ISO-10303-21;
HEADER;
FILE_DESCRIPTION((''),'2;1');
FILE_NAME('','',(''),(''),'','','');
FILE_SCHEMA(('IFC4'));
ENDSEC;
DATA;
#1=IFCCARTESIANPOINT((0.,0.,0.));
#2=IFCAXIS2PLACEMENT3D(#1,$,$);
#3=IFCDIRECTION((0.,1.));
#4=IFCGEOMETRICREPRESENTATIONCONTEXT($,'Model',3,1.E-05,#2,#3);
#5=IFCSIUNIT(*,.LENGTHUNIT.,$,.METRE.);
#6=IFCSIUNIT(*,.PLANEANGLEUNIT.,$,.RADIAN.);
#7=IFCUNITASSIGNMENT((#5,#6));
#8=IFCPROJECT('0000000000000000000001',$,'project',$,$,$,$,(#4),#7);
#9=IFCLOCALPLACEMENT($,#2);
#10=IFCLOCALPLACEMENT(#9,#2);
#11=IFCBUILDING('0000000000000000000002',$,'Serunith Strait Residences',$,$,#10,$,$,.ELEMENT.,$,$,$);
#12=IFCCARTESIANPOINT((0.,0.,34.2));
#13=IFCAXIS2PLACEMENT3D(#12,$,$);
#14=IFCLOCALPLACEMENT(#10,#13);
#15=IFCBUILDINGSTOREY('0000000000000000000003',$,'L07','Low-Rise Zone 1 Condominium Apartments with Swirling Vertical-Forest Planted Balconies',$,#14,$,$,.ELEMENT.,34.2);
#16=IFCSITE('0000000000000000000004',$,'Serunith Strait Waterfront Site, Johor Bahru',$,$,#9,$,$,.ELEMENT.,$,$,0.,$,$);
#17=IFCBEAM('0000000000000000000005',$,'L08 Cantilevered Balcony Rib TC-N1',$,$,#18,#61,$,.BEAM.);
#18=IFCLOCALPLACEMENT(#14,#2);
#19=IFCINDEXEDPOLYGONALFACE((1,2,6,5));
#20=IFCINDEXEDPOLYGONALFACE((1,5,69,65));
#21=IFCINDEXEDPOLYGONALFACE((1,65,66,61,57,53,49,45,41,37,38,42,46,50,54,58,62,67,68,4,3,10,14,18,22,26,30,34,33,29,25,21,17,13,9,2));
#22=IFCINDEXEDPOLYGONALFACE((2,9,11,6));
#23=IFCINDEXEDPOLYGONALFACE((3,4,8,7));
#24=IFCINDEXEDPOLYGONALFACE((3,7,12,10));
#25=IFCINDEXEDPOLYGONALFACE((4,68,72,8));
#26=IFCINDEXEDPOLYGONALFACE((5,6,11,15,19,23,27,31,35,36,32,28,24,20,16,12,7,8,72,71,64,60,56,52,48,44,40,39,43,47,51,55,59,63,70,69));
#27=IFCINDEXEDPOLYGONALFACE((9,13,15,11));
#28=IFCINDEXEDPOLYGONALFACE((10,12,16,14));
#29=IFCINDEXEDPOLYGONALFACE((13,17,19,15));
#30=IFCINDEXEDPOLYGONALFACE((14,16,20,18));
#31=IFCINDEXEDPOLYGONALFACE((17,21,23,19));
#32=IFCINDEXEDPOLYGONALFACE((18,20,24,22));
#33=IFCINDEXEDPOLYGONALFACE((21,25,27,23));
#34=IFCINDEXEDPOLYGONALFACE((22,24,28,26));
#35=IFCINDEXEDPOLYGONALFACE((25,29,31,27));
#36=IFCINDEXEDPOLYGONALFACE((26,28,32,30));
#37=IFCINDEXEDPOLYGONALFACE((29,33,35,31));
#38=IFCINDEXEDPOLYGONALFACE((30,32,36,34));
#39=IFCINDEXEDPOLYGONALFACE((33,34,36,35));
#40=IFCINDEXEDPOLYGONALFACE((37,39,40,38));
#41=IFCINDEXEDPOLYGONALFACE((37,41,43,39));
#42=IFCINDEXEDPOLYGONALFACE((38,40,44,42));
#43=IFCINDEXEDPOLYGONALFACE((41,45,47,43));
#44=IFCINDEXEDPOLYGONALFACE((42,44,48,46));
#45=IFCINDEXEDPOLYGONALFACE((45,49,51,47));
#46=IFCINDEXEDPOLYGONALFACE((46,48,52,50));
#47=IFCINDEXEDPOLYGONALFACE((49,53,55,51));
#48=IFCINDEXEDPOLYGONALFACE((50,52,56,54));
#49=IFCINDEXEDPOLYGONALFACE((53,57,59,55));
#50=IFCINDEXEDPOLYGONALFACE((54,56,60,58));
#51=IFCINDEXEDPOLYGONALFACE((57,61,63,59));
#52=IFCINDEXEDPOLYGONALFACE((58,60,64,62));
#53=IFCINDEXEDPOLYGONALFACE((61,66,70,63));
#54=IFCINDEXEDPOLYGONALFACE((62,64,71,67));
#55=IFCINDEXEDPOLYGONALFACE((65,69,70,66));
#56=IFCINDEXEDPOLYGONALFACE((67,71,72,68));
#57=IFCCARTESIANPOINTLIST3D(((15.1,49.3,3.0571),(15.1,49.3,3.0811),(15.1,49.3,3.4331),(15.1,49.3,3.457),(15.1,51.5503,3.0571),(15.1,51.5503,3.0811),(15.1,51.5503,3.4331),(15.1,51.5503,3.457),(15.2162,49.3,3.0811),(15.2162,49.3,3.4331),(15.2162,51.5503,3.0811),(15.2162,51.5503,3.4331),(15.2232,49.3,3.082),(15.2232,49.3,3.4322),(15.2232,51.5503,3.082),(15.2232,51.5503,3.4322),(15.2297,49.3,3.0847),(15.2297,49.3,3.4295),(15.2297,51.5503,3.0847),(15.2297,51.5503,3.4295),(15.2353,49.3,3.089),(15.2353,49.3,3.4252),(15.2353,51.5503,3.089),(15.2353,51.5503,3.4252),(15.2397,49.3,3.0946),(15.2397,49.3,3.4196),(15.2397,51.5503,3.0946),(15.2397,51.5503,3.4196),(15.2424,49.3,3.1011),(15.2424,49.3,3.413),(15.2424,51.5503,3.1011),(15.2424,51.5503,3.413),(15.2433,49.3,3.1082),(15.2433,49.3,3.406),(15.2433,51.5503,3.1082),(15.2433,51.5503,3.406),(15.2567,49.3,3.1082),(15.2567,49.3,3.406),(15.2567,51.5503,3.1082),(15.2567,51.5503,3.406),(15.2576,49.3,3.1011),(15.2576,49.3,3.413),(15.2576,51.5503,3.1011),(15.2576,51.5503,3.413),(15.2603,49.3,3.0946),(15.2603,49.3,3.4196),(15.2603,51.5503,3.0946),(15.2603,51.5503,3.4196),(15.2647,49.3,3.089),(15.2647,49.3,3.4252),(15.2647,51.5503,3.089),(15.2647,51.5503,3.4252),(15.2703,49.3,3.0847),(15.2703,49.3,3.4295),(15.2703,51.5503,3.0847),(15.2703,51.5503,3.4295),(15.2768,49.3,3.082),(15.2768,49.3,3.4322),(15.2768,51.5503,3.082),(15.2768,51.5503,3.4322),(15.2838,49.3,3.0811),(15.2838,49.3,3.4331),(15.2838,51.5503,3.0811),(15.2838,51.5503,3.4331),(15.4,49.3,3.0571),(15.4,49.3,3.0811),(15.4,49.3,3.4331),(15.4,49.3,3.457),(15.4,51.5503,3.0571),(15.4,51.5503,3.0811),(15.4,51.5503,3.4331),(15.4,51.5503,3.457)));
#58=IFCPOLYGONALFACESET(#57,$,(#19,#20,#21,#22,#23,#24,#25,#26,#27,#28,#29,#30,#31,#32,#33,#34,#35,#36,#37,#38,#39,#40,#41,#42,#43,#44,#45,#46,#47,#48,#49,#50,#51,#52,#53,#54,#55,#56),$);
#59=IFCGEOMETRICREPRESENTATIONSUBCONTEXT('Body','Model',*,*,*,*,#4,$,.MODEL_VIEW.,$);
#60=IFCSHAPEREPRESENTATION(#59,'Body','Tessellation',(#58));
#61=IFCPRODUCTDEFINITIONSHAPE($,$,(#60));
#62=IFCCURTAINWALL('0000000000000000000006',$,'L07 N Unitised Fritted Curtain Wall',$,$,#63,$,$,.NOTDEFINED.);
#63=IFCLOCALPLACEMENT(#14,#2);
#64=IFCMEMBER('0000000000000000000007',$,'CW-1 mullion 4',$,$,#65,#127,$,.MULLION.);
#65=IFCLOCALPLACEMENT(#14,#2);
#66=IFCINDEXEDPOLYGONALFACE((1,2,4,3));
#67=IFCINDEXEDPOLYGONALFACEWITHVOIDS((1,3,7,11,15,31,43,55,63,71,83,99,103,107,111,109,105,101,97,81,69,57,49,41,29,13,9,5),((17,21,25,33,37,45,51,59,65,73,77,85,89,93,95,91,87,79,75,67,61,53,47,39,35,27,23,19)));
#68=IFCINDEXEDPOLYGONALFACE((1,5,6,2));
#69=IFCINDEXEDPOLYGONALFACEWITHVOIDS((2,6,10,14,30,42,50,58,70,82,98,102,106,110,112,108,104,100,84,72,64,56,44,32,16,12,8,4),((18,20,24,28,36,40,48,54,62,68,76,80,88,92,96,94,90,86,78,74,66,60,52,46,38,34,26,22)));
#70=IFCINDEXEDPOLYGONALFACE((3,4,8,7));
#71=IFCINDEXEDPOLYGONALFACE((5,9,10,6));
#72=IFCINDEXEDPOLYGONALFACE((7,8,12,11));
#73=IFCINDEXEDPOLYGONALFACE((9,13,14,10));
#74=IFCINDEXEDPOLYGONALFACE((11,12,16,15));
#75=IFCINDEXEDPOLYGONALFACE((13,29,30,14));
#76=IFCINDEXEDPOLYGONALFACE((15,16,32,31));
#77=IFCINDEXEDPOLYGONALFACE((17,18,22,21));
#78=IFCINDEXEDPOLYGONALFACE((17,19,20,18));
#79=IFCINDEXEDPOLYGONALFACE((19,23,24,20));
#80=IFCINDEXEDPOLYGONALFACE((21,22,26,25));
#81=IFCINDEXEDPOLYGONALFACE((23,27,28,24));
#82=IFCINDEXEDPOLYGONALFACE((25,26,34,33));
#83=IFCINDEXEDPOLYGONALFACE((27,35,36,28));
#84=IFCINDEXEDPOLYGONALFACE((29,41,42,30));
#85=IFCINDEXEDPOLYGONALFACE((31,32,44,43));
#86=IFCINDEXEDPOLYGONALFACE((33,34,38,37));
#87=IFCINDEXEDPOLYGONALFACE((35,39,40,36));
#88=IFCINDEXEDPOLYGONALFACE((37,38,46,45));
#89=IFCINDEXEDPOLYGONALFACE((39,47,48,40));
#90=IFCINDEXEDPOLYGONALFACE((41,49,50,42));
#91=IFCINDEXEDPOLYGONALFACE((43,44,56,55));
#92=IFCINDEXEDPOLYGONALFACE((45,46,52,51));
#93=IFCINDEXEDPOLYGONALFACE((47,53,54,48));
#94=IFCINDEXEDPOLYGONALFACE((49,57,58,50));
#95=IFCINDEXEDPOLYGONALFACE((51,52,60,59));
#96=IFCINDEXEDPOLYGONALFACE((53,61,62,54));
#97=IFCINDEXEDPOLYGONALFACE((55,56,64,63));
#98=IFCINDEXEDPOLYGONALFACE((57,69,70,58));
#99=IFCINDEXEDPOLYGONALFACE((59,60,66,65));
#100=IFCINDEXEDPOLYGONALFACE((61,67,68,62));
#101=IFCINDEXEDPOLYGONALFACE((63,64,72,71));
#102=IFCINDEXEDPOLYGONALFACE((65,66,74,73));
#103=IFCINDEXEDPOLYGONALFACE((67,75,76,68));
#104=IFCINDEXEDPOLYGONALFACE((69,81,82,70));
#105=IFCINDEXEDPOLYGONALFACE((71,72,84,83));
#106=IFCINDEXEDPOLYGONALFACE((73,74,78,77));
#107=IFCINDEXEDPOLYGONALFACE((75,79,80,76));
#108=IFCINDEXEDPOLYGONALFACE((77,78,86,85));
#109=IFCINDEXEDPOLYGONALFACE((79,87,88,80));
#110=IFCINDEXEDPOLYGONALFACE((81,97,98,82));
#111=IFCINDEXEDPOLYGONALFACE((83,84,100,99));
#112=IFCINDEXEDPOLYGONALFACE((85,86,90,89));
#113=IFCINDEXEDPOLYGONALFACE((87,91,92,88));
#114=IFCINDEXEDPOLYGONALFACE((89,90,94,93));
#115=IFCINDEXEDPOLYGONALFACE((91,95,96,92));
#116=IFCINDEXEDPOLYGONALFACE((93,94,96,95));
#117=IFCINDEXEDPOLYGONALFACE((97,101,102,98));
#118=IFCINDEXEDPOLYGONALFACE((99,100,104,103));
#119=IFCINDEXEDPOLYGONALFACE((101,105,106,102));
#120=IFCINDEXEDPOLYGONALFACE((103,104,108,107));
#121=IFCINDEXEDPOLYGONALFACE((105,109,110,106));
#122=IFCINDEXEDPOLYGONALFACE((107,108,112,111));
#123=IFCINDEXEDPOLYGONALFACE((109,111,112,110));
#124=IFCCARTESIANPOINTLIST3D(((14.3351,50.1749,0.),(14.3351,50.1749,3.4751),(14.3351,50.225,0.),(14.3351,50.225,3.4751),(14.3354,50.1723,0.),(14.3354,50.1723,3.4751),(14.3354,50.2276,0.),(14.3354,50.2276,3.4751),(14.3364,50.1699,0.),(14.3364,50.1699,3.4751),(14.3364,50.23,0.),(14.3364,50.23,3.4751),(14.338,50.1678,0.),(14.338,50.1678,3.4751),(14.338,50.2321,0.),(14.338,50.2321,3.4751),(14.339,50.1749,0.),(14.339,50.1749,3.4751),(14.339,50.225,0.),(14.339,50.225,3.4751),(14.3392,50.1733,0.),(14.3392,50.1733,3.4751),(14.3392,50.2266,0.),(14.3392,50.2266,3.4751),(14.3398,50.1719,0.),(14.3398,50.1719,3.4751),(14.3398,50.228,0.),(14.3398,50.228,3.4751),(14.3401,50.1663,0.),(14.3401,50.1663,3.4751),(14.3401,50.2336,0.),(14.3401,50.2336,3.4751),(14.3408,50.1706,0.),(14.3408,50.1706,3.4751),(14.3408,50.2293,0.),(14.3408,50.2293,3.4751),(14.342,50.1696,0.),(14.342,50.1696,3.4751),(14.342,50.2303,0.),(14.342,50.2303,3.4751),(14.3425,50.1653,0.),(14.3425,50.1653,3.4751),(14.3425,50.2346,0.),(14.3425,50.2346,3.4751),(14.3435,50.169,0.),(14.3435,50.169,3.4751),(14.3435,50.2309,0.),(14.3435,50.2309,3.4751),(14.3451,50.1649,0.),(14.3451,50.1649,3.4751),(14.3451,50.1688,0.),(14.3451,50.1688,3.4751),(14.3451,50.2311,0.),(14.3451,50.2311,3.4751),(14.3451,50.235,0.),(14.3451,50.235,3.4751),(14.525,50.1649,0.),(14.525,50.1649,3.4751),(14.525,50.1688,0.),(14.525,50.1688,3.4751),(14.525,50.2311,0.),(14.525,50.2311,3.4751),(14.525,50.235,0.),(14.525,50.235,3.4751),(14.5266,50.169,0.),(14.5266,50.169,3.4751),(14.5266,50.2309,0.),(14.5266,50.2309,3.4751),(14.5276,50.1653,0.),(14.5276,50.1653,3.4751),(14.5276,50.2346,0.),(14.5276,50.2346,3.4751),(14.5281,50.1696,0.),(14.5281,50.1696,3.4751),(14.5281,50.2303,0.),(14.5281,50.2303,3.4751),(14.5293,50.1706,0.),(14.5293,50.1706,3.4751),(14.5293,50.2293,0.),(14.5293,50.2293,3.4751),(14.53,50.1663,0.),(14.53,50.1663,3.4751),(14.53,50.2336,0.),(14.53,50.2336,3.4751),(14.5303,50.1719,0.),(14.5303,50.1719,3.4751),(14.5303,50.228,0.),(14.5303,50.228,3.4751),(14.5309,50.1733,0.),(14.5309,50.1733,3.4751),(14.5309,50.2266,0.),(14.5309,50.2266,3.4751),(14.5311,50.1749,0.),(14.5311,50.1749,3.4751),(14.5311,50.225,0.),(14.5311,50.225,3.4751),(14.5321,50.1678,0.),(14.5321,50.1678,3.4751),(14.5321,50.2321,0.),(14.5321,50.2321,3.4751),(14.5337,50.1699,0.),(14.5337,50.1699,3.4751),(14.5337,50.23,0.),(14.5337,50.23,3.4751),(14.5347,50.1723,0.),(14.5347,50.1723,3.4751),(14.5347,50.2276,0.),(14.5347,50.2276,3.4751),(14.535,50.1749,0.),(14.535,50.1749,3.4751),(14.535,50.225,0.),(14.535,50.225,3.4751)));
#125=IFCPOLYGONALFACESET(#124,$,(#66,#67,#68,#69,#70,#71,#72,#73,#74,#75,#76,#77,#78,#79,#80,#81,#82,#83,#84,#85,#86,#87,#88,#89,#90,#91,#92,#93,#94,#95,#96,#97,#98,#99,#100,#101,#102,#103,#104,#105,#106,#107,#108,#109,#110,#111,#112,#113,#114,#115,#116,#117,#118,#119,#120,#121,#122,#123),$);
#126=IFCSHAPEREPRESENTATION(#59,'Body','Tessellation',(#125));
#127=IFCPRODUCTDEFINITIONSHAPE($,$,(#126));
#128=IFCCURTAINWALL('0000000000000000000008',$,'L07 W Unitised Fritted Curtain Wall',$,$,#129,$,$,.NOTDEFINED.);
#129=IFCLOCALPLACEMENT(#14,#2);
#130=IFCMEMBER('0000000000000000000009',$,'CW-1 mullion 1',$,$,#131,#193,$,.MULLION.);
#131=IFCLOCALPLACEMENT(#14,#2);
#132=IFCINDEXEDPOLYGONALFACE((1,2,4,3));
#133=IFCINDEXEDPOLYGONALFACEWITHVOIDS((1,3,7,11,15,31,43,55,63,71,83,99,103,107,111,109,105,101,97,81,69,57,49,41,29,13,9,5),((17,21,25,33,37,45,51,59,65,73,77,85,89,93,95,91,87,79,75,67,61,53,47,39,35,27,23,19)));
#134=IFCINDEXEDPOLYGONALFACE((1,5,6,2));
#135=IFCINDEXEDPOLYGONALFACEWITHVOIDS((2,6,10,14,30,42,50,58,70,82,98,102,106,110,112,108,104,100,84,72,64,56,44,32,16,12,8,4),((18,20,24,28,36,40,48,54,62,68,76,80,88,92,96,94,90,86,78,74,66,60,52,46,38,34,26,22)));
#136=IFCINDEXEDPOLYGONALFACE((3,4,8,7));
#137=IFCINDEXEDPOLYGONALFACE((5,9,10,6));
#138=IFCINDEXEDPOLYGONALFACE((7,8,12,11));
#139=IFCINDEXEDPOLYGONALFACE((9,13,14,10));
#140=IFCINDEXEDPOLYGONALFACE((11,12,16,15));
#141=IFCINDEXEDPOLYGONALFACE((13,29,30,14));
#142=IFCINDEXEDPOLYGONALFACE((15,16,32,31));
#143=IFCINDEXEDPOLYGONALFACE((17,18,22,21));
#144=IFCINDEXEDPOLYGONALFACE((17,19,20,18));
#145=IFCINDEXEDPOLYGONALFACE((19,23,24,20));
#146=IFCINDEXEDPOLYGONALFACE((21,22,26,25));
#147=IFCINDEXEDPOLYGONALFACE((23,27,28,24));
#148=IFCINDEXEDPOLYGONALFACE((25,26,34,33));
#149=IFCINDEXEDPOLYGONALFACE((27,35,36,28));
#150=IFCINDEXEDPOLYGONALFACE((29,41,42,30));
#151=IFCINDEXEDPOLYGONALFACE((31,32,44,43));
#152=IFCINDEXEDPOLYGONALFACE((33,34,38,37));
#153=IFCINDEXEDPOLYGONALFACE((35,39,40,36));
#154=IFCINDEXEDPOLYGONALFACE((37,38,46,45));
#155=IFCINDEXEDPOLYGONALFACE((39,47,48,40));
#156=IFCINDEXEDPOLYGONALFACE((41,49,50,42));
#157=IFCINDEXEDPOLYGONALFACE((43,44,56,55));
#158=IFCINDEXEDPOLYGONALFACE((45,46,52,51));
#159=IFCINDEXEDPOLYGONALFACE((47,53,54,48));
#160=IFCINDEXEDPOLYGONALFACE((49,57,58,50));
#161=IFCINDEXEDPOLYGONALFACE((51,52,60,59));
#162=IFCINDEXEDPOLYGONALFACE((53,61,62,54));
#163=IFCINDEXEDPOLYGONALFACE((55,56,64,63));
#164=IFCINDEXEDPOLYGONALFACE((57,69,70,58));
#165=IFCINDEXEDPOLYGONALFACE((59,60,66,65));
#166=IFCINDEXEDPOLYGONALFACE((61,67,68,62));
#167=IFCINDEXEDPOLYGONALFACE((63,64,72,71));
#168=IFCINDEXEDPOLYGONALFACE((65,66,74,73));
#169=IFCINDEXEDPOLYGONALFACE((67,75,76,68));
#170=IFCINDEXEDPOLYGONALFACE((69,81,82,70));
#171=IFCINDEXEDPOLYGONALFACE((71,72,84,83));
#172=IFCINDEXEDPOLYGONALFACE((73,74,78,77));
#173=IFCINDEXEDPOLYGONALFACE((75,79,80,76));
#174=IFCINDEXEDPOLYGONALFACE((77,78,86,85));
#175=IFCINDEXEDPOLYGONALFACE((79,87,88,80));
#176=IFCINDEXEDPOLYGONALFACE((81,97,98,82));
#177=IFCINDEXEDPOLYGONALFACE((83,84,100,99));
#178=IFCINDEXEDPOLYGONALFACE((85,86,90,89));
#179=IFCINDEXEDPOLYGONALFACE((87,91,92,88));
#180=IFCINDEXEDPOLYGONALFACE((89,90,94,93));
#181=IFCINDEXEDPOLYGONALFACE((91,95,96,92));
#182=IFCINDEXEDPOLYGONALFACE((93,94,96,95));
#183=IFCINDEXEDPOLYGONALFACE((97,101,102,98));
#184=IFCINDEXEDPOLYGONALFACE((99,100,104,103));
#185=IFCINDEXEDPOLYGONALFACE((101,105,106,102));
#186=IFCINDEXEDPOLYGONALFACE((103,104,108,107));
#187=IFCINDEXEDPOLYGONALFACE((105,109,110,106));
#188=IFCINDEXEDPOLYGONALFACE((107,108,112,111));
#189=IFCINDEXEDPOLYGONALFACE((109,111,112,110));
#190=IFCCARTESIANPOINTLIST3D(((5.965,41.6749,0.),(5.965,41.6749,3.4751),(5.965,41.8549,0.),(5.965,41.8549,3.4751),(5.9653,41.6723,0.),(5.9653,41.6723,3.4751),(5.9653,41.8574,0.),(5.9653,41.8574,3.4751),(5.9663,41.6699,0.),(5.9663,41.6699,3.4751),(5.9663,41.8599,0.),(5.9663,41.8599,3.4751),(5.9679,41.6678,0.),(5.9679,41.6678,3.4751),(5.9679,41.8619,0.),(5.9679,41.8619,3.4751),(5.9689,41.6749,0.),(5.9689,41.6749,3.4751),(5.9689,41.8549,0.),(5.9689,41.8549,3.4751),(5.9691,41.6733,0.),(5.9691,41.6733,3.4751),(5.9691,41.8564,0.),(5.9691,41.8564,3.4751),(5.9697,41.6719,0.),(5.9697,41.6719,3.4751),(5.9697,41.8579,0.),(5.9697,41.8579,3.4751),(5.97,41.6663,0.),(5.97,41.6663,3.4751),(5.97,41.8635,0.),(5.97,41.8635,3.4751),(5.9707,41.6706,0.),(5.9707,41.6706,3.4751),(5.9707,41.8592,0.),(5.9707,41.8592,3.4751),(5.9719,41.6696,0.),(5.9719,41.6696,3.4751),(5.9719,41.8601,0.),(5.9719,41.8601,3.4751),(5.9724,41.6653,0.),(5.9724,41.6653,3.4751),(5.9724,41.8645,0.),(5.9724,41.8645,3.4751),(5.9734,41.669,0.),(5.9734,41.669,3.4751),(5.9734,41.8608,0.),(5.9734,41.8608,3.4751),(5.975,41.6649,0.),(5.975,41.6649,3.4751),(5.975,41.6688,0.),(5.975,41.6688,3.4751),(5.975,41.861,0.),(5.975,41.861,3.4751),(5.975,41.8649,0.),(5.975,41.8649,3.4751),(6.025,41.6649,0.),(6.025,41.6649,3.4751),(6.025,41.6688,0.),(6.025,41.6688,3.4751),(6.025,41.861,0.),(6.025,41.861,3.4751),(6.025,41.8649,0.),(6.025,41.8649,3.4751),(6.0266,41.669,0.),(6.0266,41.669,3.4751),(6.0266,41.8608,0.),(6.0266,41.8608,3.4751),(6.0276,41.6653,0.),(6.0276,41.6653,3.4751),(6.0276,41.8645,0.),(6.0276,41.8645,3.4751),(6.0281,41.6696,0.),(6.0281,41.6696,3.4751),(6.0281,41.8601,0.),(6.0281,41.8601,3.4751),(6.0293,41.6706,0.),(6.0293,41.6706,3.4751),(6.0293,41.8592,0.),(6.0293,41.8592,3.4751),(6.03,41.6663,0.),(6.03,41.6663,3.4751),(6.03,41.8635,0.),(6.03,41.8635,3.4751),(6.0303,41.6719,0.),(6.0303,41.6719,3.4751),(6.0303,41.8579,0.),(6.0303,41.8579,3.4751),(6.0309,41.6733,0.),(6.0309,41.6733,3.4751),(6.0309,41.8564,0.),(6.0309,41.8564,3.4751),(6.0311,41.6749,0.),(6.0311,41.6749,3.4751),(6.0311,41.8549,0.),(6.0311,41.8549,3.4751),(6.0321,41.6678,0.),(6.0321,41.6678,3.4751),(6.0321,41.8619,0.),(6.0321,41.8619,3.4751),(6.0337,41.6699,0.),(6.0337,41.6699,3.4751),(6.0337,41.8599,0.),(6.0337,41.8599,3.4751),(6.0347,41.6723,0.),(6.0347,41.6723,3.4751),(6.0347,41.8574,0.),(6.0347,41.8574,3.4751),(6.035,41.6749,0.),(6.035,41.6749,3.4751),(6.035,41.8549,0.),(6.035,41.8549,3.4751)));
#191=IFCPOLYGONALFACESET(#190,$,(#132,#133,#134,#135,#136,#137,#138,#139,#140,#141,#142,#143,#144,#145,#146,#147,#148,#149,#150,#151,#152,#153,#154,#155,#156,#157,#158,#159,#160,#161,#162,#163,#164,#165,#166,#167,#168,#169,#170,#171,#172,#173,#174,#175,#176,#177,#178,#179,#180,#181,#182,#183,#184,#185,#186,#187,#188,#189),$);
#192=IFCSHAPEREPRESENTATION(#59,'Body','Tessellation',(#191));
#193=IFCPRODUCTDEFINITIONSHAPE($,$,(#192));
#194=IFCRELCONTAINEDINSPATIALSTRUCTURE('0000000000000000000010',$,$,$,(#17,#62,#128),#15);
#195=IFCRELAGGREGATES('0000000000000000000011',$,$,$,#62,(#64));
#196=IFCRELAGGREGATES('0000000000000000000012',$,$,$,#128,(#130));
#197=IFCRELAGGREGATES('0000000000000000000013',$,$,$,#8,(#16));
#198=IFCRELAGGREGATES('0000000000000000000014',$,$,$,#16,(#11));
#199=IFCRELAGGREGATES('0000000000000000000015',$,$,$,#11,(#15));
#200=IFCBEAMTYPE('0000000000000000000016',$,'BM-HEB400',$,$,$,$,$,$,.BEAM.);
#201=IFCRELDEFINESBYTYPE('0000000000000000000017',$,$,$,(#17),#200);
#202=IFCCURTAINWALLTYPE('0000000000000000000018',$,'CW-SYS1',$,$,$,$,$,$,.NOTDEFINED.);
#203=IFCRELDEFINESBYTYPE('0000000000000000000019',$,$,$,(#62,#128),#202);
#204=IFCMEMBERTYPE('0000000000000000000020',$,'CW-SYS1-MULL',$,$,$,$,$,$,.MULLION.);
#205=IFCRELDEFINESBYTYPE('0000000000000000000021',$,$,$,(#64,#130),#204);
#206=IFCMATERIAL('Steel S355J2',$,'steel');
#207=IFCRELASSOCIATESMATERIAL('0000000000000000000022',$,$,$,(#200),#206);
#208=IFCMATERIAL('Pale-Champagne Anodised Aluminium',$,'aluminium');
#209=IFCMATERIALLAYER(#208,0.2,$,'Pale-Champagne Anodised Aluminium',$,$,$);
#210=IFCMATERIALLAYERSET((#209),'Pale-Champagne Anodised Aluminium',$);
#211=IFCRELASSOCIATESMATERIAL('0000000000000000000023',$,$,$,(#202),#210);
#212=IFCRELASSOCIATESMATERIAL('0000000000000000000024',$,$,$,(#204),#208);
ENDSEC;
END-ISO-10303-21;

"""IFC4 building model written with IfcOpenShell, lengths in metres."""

from ifc_helpers import new_model, si_unit, direction, frame, origin, origin_2d, place, context, subcontext, project, spatial, hollow_rectangle, i_section, extrude, source, transform, mapped, material, layer, layer_set, material_profile, profile_set, type_object, element, aggregate, save


model = new_model("IFC4")

# Units and contexts
model_context = context("Model", 3, precision=1e-05, world=origin(), true_north=direction((0.0, 1.0)))
body_context = subcontext(model_context, "Body", "Model", "MODEL_VIEW")
ifc_project = project(units=[si_unit("LENGTHUNIT", "METRE"), si_unit("PLANEANGLEUNIT", "RADIAN")], contexts=[model_context])

# Site, building, storey
site_placement = place(None, origin())
site = spatial("IfcSite", under=ifc_project, at=site_placement, Name="Serunith Strait Waterfront Site, Johor Bahru", CompositionType="ELEMENT", RefElevation=0.0)
building_placement = place(site_placement, origin())
building = spatial("IfcBuilding", under=site, at=building_placement, Name="Serunith Strait Residences", CompositionType="ELEMENT")
storey_placement = place(building_placement, frame((0.0, 0.0, 34.2)))
storey = spatial("IfcBuildingStorey", under=building, at=storey_placement, Name="L07", Description="Low-Rise Zone 1 Condominium Apartments with Swirling Vertical-Forest Planted Balconies", CompositionType="ELEMENT", Elevation=34.2)

# Beam
ifc_material_1 = material(Name="Steel S355J2", Category="steel")
ifc_material_profile_1 = material_profile(ifc_material_1, i_section(OverallWidth=0.3, OverallDepth=0.3999, WebThickness=0.0134, FlangeThickness=0.0239, FilletRadius=0.0271, at=origin_2d()), Name="HEB 400")
ifc_profile_set_1 = profile_set([ifc_material_profile_1], Name="Steel S355J2")
beam_type_1 = type_object("IfcBeamType", Name="BM-HEB400", PredefinedType="BEAM", material=ifc_profile_set_1)
shared_shape_1 = source(origin(), body_context, "Body", "SweptSolid", [
    extrude(i_section(OverallWidth=0.3, OverallDepth=0.3999, WebThickness=0.0134, FlangeThickness=0.0239, FilletRadius=0.0271, at=origin_2d()), origin(), (0.0, 0.0, 1.0), 2.2502),
])
beam_1_placement = place(storey_placement, frame((15.25, 49.3, 3.2571), z_axis=(0.0, 1.0, 0.0), x_axis=(-1.0, 0.0, 0.0)))
element("IfcBeam", 1, at=beam_1_placement, inside=storey, type_object=beam_type_1, Name="L08 Cantilevered Balcony Rib TC-N1", PredefinedType="BEAM", context=body_context, shape_type="MappedRepresentation", body=[
    mapped(shared_shape_1, transform((0.0, 0.0, 0.0), scale=1.0)),
])

# Curtain wall, member
ifc_material_2 = material(Name="Pale-Champagne Anodised Aluminium", Category="aluminium")
ifc_layer_1 = layer(ifc_material_2, 0.2, Name="Pale-Champagne Anodised Aluminium")
ifc_layer_set_1 = layer_set([ifc_layer_1], Name="Pale-Champagne Anodised Aluminium")
curtain_wall_type = type_object("IfcCurtainWallType", Name="CW-SYS1", PredefinedType="NOTDEFINED", material=ifc_layer_set_1)
curtain_wall_1_placement = place(storey_placement, origin())
curtain_wall_1 = element("IfcCurtainWall", 2, at=curtain_wall_1_placement, inside=storey, type_object=curtain_wall_type, Name="L07 N Unitised Fritted Curtain Wall", PredefinedType="NOTDEFINED")
ifc_material_profile_2 = material_profile(ifc_material_2, hollow_rectangle(XDim=0.0701, YDim=0.2, WallThickness=0.0039, InnerFilletRadius=0.0061, OuterFilletRadius=0.01, at=origin_2d()), Name="ALU 200x70x4")
ifc_profile_set_2 = profile_set([ifc_material_profile_2], Name="Pale-Champagne Anodised Aluminium")
member_type_1 = type_object("IfcMemberType", Name="CW-SYS1-MULL", PredefinedType="MULLION", material=ifc_profile_set_2)
shared_shape_2 = source(origin(), body_context, "Body", "SweptSolid", [
    extrude(hollow_rectangle(XDim=0.0701, YDim=0.2, WallThickness=0.0039, InnerFilletRadius=0.0061, OuterFilletRadius=0.01, at=origin_2d()), origin(), (0.0, 0.0, 1.0), 3.4751),
])
member_1_placement = place(storey_placement, frame((14.4351, 50.2, 0.0), z_axis=(0.0, 0.0, 1.0), x_axis=(0.0, -1.0, 0.0)))
member_1 = element("IfcMember", 3, at=member_1_placement, type_object=member_type_1, Name="CW-1 mullion 4", PredefinedType="MULLION", context=body_context, shape_type="MappedRepresentation", body=[
    mapped(shared_shape_2, transform((0.0, 0.0, 0.0), scale=1.0)),
])
aggregate(curtain_wall_1, [member_1])

# Curtain wall, member
curtain_wall_2_placement = place(storey_placement, origin())
curtain_wall_2 = element("IfcCurtainWall", 4, at=curtain_wall_2_placement, inside=storey, type_object=curtain_wall_type, Name="L07 W Unitised Fritted Curtain Wall", PredefinedType="NOTDEFINED")
member_2_placement = place(storey_placement, frame((6.0, 41.7649, 0.0), z_axis=(0.0, 0.0, 1.0), x_axis=(1.0, 0.0, 0.0)))
member_2 = element("IfcMember", 5, at=member_2_placement, type_object=member_type_1, Name="CW-1 mullion 1", PredefinedType="MULLION", context=body_context, shape_type="MappedRepresentation", body=[
    mapped(shared_shape_2, transform((0.0, 0.0, 0.0), scale=1.0)),
])
aggregate(curtain_wall_2, [member_2])

save(model, "model.ifc")
